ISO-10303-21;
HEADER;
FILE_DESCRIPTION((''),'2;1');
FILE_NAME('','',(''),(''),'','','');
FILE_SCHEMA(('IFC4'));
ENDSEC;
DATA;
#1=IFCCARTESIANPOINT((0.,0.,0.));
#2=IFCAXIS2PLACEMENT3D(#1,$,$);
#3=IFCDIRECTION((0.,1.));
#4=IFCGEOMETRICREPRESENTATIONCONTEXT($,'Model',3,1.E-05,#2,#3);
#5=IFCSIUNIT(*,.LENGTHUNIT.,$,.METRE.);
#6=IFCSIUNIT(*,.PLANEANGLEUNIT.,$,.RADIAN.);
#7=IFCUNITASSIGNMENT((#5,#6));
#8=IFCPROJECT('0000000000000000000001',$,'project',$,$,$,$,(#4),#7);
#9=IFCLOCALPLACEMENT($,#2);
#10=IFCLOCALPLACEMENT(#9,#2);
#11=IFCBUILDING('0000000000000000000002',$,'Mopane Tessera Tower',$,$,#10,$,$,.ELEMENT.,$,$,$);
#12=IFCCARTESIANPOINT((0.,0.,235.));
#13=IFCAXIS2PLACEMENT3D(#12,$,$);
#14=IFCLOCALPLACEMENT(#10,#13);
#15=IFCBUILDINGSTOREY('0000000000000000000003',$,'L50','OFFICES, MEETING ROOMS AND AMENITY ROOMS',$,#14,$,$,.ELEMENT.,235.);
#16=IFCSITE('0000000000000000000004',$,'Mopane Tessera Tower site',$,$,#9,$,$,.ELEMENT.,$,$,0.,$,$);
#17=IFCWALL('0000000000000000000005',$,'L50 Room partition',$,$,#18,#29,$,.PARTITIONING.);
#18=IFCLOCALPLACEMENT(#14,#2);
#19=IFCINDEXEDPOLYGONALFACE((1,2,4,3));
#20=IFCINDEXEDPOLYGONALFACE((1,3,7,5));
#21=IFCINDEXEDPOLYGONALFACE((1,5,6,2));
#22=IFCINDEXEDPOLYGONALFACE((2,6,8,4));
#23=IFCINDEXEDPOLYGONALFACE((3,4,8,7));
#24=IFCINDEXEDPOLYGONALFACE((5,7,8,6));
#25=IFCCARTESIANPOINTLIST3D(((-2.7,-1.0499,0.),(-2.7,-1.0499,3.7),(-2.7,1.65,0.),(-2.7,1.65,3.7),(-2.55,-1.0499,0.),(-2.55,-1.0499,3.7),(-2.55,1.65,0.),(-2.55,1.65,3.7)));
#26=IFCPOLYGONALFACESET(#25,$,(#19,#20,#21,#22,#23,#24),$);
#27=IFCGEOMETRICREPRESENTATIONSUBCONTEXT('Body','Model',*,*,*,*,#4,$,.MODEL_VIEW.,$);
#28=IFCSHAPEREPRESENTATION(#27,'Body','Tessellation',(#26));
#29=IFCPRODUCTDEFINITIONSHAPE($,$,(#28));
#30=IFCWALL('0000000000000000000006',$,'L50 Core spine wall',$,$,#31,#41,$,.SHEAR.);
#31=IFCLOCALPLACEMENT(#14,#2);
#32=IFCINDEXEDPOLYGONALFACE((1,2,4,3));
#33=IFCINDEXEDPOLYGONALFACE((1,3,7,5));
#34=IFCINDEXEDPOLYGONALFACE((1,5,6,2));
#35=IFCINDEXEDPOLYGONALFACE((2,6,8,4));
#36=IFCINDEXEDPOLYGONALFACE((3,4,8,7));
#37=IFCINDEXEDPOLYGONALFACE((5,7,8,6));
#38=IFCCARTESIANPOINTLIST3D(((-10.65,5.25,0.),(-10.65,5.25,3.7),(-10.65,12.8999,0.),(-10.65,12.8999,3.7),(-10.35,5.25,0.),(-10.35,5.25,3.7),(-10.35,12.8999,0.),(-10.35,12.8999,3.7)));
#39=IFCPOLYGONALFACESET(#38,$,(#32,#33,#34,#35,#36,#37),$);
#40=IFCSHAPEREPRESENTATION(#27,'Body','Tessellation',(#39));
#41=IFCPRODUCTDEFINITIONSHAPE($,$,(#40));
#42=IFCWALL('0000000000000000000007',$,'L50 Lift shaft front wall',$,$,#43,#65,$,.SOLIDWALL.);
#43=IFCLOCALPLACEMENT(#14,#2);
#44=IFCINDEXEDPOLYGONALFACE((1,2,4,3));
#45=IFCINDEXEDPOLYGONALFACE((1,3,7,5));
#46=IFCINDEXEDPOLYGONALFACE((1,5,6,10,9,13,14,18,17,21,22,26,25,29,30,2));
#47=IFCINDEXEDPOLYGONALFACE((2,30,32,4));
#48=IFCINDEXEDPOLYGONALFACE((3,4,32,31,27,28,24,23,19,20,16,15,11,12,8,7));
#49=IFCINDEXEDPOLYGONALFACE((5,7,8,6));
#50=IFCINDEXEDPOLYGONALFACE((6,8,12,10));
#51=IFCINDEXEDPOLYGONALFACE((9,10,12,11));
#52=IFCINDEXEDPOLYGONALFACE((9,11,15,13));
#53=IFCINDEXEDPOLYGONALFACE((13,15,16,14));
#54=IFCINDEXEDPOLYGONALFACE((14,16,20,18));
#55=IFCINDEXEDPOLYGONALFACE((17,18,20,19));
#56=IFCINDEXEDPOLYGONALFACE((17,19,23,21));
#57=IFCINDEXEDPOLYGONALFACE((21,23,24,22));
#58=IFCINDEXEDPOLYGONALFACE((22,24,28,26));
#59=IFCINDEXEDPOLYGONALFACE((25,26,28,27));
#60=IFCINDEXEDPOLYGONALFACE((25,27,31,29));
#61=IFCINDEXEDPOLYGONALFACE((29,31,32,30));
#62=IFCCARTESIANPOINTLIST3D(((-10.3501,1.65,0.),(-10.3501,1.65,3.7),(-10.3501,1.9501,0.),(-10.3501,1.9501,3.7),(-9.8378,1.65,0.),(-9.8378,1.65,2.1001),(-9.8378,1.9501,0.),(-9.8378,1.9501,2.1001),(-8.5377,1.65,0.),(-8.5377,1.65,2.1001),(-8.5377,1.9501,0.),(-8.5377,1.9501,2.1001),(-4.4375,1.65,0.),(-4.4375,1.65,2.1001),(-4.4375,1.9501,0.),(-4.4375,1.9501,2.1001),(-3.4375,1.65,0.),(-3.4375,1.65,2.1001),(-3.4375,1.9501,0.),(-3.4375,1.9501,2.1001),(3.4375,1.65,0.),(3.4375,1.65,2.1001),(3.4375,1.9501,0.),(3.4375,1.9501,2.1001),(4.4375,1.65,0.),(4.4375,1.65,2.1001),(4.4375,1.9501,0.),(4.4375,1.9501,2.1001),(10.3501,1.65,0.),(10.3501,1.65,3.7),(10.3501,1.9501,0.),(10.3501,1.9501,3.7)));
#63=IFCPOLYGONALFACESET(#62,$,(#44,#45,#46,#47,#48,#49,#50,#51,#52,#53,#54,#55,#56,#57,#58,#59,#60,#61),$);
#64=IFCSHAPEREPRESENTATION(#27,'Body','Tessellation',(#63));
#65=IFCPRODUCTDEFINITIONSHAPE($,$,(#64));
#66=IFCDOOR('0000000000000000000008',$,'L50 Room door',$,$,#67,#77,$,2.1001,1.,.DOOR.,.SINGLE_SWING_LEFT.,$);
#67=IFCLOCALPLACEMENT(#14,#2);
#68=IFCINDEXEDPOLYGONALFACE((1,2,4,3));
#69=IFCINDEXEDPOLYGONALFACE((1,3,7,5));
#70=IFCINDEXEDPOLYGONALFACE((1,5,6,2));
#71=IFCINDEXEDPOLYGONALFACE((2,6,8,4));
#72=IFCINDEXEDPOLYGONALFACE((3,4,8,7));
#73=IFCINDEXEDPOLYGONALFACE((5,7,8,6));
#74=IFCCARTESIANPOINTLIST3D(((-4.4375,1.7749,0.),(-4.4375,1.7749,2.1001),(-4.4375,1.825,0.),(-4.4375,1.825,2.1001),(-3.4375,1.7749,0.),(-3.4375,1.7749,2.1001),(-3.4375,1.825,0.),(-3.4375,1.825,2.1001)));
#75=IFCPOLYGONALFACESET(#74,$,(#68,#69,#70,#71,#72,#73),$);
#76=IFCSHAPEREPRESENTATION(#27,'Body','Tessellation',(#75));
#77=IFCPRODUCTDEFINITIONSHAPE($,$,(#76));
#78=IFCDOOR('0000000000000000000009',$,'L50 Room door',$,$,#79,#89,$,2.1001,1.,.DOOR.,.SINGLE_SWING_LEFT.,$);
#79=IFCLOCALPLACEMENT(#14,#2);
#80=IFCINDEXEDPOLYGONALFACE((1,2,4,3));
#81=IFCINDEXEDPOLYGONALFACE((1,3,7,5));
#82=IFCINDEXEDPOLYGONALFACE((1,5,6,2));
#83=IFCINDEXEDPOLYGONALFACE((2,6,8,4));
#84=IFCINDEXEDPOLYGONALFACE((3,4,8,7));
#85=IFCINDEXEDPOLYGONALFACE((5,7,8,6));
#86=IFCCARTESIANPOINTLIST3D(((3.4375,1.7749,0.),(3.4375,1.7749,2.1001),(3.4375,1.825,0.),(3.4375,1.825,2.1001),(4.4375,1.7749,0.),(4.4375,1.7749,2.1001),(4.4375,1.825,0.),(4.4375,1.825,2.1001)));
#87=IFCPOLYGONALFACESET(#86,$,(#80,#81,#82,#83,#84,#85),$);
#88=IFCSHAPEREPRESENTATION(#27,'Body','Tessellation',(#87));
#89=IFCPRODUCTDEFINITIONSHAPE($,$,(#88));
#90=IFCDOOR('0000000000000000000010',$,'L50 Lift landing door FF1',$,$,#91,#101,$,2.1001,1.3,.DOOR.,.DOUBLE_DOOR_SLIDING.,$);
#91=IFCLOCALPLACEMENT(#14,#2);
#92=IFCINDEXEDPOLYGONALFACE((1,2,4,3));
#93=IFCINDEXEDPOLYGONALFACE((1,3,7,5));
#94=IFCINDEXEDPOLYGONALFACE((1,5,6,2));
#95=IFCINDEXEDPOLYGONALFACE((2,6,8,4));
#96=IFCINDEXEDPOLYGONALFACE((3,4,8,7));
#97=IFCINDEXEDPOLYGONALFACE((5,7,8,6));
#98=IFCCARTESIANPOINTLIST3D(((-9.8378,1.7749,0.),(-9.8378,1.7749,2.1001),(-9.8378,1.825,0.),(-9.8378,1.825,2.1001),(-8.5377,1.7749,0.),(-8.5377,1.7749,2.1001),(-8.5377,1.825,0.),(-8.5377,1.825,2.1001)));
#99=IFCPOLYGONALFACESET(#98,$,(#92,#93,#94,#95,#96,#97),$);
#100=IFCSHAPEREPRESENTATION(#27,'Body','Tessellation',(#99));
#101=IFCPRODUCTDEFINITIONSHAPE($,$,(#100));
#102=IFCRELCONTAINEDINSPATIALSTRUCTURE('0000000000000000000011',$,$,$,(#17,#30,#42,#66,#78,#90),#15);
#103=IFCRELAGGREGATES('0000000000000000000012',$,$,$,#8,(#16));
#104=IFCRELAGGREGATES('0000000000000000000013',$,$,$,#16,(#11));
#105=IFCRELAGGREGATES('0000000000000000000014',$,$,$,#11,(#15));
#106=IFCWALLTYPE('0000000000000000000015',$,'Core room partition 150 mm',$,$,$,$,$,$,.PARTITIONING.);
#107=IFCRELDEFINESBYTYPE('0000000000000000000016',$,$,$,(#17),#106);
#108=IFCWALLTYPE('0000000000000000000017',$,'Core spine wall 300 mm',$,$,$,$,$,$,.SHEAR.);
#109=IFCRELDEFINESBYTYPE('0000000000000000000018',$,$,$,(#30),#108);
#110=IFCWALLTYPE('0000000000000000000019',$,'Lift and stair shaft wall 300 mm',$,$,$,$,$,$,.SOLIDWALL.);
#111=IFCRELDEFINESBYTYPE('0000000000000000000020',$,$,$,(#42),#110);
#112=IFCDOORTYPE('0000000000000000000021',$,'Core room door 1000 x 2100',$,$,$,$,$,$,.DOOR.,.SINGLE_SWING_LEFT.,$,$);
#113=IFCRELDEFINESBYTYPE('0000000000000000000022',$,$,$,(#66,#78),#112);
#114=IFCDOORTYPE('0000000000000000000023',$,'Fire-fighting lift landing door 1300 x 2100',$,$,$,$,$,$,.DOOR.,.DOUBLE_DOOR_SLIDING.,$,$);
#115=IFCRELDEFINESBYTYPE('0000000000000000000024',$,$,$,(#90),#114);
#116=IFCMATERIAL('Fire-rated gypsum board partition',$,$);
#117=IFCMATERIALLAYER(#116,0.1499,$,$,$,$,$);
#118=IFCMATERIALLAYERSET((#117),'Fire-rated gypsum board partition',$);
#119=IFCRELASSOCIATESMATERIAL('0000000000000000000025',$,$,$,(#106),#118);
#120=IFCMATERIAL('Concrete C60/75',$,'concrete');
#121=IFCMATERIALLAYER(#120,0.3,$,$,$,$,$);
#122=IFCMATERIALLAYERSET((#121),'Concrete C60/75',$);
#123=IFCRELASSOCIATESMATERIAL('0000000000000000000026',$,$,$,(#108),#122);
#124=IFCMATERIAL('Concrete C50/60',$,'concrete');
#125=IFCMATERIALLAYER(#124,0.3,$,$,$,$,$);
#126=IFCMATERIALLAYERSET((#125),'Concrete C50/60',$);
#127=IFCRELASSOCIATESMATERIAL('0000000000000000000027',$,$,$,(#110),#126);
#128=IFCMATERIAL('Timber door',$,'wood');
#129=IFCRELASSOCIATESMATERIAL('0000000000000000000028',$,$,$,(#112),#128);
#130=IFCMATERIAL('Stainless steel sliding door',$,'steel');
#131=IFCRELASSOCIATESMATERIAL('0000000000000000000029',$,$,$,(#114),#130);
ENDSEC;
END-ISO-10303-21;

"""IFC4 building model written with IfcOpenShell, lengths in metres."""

from ifc_helpers import new_model, si_unit, direction, frame, frame_2d, origin, place, context, subcontext, project, spatial, rectangle, extrude, material, layer, layer_set, type_object, element, fill, save


model = new_model("IFC4")

# Units and contexts
model_context = context("Model", 3, precision=1e-05, world=origin(), true_north=direction((0.0, 1.0)))
body_context = subcontext(model_context, "Body", "Model", "MODEL_VIEW")
ifc_project = project(units=[si_unit("LENGTHUNIT", "METRE"), si_unit("PLANEANGLEUNIT", "RADIAN")], contexts=[model_context])

# Site, building, storey
site_placement = place(None, origin())
site = spatial("IfcSite", under=ifc_project, at=site_placement, Name="Mopane Tessera Tower site", CompositionType="ELEMENT", RefElevation=0.0)
building_placement = place(site_placement, origin())
building = spatial("IfcBuilding", under=site, at=building_placement, Name="Mopane Tessera Tower", CompositionType="ELEMENT")
storey_placement = place(building_placement, frame((0.0, 0.0, 235.0)))
storey = spatial("IfcBuildingStorey", under=building, at=storey_placement, Name="L50", Description="OFFICES, MEETING ROOMS AND AMENITY ROOMS", CompositionType="ELEMENT", Elevation=235.0)

# Walls
ifc_material_1 = material(Name="Fire-rated gypsum board partition")
ifc_layer_1 = layer(ifc_material_1, 0.1499)
ifc_layer_set_1 = layer_set([ifc_layer_1], Name="Fire-rated gypsum board partition")
wall_type_1 = type_object("IfcWallType", Name="Core room partition 150 mm", PredefinedType="PARTITIONING", material=ifc_layer_set_1)
wall_1_placement = place(storey_placement, frame((-2.625, -1.05, 0.0), z_axis=(0.0, 0.0, 1.0), x_axis=(0.0, 1.0, 0.0)))
element("IfcWall", 1, at=wall_1_placement, inside=storey, type_object=wall_type_1, Name="L50 Room partition", PredefinedType="PARTITIONING", context=body_context, shape_type="SweptSolid", body=[
    extrude(rectangle(XDim=2.7, YDim=0.1499, at=frame_2d((1.3501, 0.0))), origin(), (0.0, 0.0, 1.0), 3.7),
])
ifc_material_2 = material(Name="Concrete C60/75", Category="concrete")
ifc_layer_2 = layer(ifc_material_2, 0.3)
ifc_layer_set_2 = layer_set([ifc_layer_2], Name="Concrete C60/75")
wall_type_2 = type_object("IfcWallType", Name="Core spine wall 300 mm", PredefinedType="SHEAR", material=ifc_layer_set_2)
wall_2_placement = place(storey_placement, frame((-10.5, 5.25, 0.0), z_axis=(0.0, 0.0, 1.0), x_axis=(0.0, 1.0, 0.0)))
element("IfcWall", 2, at=wall_2_placement, inside=storey, type_object=wall_type_2, Name="L50 Core spine wall", PredefinedType="SHEAR", context=body_context, shape_type="SweptSolid", body=[
    extrude(rectangle(XDim=7.6499, YDim=0.3, at=frame_2d((3.825, 0.0))), origin(), (0.0, 0.0, 1.0), 3.7),
])

# Wall, openings, doors
ifc_material_3 = material(Name="Concrete C50/60", Category="concrete")
ifc_layer_3 = layer(ifc_material_3, 0.3)
ifc_layer_set_3 = layer_set([ifc_layer_3], Name="Concrete C50/60")
wall_type_3 = type_object("IfcWallType", Name="Lift and stair shaft wall 300 mm", PredefinedType="SOLIDWALL", material=ifc_layer_set_3)
wall_3_placement = place(storey_placement, frame((-10.3501, 1.8, 0.0), z_axis=(0.0, 0.0, 1.0), x_axis=(1.0, 0.0, 0.0)))
wall_3 = element("IfcWall", 3, at=wall_3_placement, inside=storey, type_object=wall_type_3, Name="L50 Lift shaft front wall", PredefinedType="SOLIDWALL", context=body_context, shape_type="SweptSolid", body=[
    extrude(rectangle(XDim=20.7002, YDim=0.3, at=frame_2d((10.3501, 0.0))), origin(), (0.0, 0.0, 1.0), 3.7),
])
opening_1_placement = place(wall_3_placement, frame((0.5125, 0.0, 0.0)))
opening_1 = element("IfcOpeningElement", 4, at=opening_1_placement, cuts=wall_3, PredefinedType="OPENING", context=body_context, shape_type="SweptSolid", body=[
    extrude(rectangle(XDim=1.3, YDim=2.1001, at=frame_2d((0.6499, 1.05))), frame((0.0, 0.1621, 0.0), z_axis=(0.0, -1.0, 0.0), x_axis=(1.0, 0.0, 0.0)), (0.0, 0.0, 1.0), 0.324),
])
opening_2_placement = place(wall_3_placement, frame((5.9126, 0.0, 0.0)))
opening_2 = element("IfcOpeningElement", 5, at=opening_2_placement, cuts=wall_3, PredefinedType="OPENING", context=body_context, shape_type="SweptSolid", body=[
    extrude(rectangle(XDim=1.0, YDim=2.1001, at=frame_2d((0.5, 1.05))), frame((0.0, 0.1621, 0.0), z_axis=(0.0, -1.0, 0.0), x_axis=(1.0, 0.0, 0.0)), (0.0, 0.0, 1.0), 0.324),
])
opening_3_placement = place(wall_3_placement, frame((13.7876, 0.0, 0.0)))
opening_3 = element("IfcOpeningElement", 6, at=opening_3_placement, cuts=wall_3, PredefinedType="OPENING", context=body_context, shape_type="SweptSolid", body=[
    extrude(rectangle(XDim=1.0, YDim=2.1001, at=frame_2d((0.5, 1.05))), frame((0.0, 0.1621, 0.0), z_axis=(0.0, -1.0, 0.0), x_axis=(1.0, 0.0, 0.0)), (0.0, 0.0, 1.0), 0.324),
])
ifc_material_4 = material(Name="Timber door", Category="wood")
door_type_1 = type_object("IfcDoorType", Name="Core room door 1000 x 2100", OperationType="SINGLE_SWING_LEFT", PredefinedType="DOOR", material=ifc_material_4)
door_1_placement = place(opening_2_placement, origin())
door_1 = element("IfcDoor", 7, at=door_1_placement, inside=storey, type_object=door_type_1, Name="L50 Room door", OperationType="SINGLE_SWING_LEFT", OverallHeight=2.1001, OverallWidth=1.0, PredefinedType="DOOR", context=body_context, shape_type="SweptSolid", body=[
    extrude(rectangle(XDim=1.0, YDim=2.1001, at=frame_2d((0.5, 1.05))), frame((0.0, 0.0249, 0.0), z_axis=(0.0, -1.0, 0.0), x_axis=(1.0, 0.0, 0.0)), (0.0, 0.0, 1.0), 0.05),
])
fill(opening_2, door_1)
door_2_placement = place(opening_3_placement, origin())
door_2 = element("IfcDoor", 8, at=door_2_placement, inside=storey, type_object=door_type_1, Name="L50 Room door", OperationType="SINGLE_SWING_LEFT", OverallHeight=2.1001, OverallWidth=1.0, PredefinedType="DOOR", context=body_context, shape_type="SweptSolid", body=[
    extrude(rectangle(XDim=1.0, YDim=2.1001, at=frame_2d((0.5, 1.05))), frame((0.0, 0.0249, 0.0), z_axis=(0.0, -1.0, 0.0), x_axis=(1.0, 0.0, 0.0)), (0.0, 0.0, 1.0), 0.05),
])
fill(opening_3, door_2)
ifc_material_5 = material(Name="Stainless steel sliding door", Category="steel")
door_type_2 = type_object("IfcDoorType", Name="Fire-fighting lift landing door 1300 x 2100", OperationType="DOUBLE_DOOR_SLIDING", PredefinedType="DOOR", material=ifc_material_5)
door_3_placement = place(opening_1_placement, origin())
door_3 = element("IfcDoor", 9, at=door_3_placement, inside=storey, type_object=door_type_2, Name="L50 Lift landing door FF1", OperationType="DOUBLE_DOOR_SLIDING", OverallHeight=2.1001, OverallWidth=1.3, PredefinedType="DOOR", context=body_context, shape_type="SweptSolid", body=[
    extrude(rectangle(XDim=1.3, YDim=2.1001, at=frame_2d((0.6499, 1.05))), frame((0.0, 0.0249, 0.0), z_axis=(0.0, -1.0, 0.0), x_axis=(1.0, 0.0, 0.0)), (0.0, 0.0, 1.0), 0.05),
])
fill(opening_1, door_3)

save(model, "model.ifc")
